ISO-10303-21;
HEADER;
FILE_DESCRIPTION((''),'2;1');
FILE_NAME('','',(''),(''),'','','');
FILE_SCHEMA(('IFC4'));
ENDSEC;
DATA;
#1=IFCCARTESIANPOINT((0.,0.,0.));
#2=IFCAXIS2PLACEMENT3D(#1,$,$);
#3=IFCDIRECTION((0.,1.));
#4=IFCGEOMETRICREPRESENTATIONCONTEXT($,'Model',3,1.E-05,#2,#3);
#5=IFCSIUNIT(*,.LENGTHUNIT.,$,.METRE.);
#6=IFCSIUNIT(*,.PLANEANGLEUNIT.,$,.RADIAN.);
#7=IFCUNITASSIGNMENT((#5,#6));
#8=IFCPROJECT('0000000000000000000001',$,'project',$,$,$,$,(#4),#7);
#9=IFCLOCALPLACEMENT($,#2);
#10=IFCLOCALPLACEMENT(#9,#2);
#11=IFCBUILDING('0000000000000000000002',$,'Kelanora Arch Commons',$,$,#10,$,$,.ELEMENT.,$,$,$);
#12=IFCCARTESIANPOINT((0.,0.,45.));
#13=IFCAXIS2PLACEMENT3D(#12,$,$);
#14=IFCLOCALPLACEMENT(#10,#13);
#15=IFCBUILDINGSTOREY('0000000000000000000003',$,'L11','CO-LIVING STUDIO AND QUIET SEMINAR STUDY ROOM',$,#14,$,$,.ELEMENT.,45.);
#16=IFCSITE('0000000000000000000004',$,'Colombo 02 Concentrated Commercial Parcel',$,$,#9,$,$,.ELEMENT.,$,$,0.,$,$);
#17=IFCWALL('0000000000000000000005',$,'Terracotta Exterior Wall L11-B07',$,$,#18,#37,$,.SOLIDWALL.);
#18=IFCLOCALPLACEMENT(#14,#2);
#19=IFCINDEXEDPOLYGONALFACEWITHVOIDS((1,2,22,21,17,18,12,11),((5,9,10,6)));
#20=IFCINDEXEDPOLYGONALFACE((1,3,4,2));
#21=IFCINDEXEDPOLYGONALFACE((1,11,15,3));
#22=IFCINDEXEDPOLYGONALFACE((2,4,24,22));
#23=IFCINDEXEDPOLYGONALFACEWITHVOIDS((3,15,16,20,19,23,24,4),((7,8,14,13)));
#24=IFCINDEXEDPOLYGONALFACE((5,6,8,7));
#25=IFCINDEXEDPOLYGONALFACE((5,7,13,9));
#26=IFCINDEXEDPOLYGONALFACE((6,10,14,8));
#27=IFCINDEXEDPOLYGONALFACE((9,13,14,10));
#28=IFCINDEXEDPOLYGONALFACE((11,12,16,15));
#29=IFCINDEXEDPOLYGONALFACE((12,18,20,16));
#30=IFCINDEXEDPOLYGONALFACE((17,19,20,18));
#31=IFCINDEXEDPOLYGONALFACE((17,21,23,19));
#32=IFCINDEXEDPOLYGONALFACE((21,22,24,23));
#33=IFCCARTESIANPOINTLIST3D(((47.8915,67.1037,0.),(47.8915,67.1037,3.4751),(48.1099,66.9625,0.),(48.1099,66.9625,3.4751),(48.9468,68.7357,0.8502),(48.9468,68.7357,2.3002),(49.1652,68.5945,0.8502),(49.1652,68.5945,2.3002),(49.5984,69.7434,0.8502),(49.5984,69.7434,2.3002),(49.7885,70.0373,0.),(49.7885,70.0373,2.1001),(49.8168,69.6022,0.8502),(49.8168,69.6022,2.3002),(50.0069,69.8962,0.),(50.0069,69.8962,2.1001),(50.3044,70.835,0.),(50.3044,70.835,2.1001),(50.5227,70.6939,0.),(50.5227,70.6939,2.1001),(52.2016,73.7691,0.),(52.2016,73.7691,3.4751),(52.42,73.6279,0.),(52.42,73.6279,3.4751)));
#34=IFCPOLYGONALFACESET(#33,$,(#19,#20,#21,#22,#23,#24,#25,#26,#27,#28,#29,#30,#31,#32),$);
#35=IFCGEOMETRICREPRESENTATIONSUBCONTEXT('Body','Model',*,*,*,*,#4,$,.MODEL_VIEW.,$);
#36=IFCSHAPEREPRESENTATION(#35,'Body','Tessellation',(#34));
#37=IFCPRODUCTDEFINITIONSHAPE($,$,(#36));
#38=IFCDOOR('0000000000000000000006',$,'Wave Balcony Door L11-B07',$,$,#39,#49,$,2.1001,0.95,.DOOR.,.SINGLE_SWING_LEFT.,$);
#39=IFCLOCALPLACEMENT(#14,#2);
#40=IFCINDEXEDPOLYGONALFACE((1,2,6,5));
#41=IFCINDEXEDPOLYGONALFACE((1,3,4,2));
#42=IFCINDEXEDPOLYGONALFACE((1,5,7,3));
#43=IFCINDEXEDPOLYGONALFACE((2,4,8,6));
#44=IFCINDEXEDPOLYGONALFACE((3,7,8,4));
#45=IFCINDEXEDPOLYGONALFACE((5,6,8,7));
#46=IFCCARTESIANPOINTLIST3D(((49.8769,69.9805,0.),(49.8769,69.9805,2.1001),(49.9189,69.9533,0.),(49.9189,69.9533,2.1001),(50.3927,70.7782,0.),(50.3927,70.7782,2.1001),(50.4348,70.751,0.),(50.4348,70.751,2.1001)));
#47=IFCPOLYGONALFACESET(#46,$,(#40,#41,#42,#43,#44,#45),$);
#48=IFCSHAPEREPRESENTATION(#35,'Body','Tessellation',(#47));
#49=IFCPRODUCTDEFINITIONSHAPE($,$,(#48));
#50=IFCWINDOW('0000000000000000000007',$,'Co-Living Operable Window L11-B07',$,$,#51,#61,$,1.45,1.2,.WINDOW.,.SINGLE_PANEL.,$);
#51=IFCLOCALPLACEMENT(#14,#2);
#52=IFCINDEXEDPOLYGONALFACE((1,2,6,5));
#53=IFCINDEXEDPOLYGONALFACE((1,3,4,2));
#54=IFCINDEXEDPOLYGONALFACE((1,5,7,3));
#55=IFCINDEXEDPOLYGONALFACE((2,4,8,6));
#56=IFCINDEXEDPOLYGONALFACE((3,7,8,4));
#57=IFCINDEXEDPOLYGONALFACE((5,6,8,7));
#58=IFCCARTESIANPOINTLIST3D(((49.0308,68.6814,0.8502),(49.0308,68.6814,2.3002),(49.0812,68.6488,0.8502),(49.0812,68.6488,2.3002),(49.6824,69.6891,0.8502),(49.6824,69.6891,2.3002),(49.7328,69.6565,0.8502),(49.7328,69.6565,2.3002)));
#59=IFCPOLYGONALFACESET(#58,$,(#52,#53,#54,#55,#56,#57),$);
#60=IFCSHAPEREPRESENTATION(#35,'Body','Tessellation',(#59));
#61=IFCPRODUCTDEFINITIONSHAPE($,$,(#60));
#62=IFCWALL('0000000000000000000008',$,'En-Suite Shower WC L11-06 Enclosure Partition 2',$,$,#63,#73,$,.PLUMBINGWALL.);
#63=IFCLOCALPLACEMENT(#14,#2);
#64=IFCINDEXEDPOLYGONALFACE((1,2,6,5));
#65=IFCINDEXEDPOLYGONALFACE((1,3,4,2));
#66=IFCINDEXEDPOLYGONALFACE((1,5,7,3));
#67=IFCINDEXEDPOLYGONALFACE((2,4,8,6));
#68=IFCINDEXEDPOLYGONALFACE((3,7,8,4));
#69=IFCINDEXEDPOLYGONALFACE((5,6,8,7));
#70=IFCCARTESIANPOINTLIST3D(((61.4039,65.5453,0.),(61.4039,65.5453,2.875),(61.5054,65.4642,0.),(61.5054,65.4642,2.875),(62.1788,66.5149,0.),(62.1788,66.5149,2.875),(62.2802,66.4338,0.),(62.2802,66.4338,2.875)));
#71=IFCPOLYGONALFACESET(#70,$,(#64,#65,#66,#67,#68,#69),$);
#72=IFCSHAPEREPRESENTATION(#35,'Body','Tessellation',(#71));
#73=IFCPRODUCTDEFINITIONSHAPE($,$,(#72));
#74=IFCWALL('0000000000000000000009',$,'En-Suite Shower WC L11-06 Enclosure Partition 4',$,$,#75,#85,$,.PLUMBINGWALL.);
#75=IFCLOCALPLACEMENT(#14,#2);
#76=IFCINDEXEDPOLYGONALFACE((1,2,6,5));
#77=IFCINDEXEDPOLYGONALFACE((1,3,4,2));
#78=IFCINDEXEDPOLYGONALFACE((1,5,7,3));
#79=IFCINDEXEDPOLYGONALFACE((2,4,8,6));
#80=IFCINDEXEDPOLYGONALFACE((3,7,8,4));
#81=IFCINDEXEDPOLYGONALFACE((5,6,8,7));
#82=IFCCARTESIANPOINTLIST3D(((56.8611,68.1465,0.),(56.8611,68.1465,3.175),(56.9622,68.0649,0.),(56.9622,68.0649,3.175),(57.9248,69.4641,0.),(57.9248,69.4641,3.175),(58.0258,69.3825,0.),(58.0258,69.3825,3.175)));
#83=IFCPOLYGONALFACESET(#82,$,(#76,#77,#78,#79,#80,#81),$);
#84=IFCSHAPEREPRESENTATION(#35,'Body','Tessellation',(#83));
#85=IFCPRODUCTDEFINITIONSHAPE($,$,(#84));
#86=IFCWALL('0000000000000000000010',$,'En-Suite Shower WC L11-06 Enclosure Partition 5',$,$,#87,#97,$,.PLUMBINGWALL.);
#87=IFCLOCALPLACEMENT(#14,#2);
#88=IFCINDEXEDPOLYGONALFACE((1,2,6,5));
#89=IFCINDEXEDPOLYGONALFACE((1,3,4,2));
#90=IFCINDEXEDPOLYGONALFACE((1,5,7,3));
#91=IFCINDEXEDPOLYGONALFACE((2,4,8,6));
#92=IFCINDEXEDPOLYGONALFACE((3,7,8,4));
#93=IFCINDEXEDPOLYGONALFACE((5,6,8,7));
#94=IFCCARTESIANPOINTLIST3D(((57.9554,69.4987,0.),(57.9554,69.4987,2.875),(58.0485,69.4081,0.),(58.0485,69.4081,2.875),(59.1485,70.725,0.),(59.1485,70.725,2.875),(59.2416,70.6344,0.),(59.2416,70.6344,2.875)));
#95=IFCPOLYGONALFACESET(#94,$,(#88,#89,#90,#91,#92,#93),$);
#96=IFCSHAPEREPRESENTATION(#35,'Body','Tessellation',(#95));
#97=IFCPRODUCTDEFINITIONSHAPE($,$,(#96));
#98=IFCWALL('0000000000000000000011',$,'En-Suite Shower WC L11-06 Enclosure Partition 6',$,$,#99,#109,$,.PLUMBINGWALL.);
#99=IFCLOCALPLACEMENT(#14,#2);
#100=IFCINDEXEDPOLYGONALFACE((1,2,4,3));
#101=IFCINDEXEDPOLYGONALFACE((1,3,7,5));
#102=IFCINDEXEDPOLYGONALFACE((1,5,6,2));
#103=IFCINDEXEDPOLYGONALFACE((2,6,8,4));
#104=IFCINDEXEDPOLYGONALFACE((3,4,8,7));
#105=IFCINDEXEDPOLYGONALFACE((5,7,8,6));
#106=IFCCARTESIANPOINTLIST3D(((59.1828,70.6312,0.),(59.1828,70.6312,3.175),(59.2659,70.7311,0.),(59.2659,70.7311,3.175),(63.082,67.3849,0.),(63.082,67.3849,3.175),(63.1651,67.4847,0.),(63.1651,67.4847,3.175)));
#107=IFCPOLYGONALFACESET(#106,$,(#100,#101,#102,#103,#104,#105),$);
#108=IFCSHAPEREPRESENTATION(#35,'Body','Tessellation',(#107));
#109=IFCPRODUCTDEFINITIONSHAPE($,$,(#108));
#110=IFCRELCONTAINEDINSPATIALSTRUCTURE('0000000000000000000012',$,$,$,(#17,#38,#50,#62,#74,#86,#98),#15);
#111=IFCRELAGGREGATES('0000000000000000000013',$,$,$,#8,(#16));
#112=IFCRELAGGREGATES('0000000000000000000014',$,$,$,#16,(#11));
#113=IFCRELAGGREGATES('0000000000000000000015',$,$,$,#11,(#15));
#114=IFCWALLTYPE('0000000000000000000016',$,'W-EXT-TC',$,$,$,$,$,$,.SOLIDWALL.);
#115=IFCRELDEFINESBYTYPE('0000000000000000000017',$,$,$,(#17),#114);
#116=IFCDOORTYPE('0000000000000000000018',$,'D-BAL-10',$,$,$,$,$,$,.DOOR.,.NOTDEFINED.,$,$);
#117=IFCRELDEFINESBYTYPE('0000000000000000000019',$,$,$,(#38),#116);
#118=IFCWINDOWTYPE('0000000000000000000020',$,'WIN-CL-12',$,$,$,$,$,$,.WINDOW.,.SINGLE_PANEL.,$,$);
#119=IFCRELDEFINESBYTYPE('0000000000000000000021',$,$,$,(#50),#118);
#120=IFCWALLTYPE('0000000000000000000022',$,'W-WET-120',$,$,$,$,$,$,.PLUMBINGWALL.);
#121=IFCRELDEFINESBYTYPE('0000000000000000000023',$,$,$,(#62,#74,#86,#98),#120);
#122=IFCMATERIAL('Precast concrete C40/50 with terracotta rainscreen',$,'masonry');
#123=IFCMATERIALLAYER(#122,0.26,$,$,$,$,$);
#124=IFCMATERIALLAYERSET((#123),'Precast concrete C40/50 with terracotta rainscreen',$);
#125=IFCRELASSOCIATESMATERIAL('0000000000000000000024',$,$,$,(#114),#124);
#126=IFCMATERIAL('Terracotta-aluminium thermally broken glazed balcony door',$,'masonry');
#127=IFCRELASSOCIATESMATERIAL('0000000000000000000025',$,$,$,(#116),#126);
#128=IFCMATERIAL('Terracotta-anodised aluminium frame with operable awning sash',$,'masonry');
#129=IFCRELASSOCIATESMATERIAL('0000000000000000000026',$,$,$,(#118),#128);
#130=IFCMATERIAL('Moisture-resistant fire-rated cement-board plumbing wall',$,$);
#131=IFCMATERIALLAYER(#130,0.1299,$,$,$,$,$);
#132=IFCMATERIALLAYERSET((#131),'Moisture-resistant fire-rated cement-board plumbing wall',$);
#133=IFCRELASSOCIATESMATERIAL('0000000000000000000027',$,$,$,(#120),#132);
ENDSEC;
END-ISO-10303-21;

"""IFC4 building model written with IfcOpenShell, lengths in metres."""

from ifc_helpers import new_model, si_unit, direction, frame, frame_2d, origin, place, context, subcontext, project, spatial, rectangle, extrude, material, layer, layer_set, type_object, element, fill, save


model = new_model("IFC4")

# Units and contexts
model_context = context("Model", 3, precision=1e-05, world=origin(), true_north=direction((0.0, 1.0)))
body_context = subcontext(model_context, "Body", "Model", "MODEL_VIEW")
ifc_project = project(units=[si_unit("LENGTHUNIT", "METRE"), si_unit("PLANEANGLEUNIT", "RADIAN")], contexts=[model_context])

# Site, building, storey
site_placement = place(None, origin())
site = spatial("IfcSite", under=ifc_project, at=site_placement, Name="Colombo 02 Concentrated Commercial Parcel", CompositionType="ELEMENT", RefElevation=0.0)
building_placement = place(site_placement, origin())
building = spatial("IfcBuilding", under=site, at=building_placement, Name="Kelanora Arch Commons", CompositionType="ELEMENT")
storey_placement = place(building_placement, frame((0.0, 0.0, 45.0)))
storey = spatial("IfcBuildingStorey", under=building, at=storey_placement, Name="L11", Description="CO-LIVING STUDIO AND QUIET SEMINAR STUDY ROOM", CompositionType="ELEMENT", Elevation=45.0)

# Shared definitions
ifc_material_1 = material(Name="Precast concrete C40/50 with terracotta rainscreen", Category="masonry")
ifc_layer_1 = layer(ifc_material_1, 0.26)
ifc_layer_set_1 = layer_set([ifc_layer_1], Name="Precast concrete C40/50 with terracotta rainscreen")
wall_type_1 = type_object("IfcWallType", Name="W-EXT-TC", PredefinedType="SOLIDWALL", material=ifc_layer_set_1)

# Wall, openings, door, window
wall_1_placement = place(storey_placement, frame((52.3108, 73.6985, 0.0), z_axis=(0.0, 0.0, 1.0), x_axis=(-0.543005, -0.839729, 0.0)))
wall_1 = element("IfcWall", 1, at=wall_1_placement, inside=storey, type_object=wall_type_1, Name="Terracotta Exterior Wall L11-B07", PredefinedType="SOLIDWALL", context=body_context, shape_type="SweptSolid", body=[
    extrude(rectangle(XDim=7.9375, YDim=0.26, at=frame_2d((3.9688, 0.0))), origin(), (0.0, 0.0, 1.0), 3.4751),
])
opening_1_placement = place(wall_1_placement, frame((3.4939, 0.0, 0.0)))
opening_1 = element("IfcOpeningElement", 2, at=opening_1_placement, cuts=wall_1, PredefinedType="OPENING", context=body_context, shape_type="SweptSolid", body=[
    extrude(rectangle(XDim=0.95, YDim=2.1001, at=frame_2d((0.4751, 1.05))), frame((0.0, 0.1401, 0.0), z_axis=(0.0, -1.0, 0.0), x_axis=(1.0, 0.0, 0.0)), (0.0, 0.0, 1.0), 0.28),
])
opening_2_placement = place(wall_1_placement, frame((4.7939, 0.0, 0.8501)))
opening_2 = element("IfcOpeningElement", 3, at=opening_2_placement, cuts=wall_1, PredefinedType="OPENING", context=body_context, shape_type="SweptSolid", body=[
    extrude(rectangle(XDim=1.2, YDim=1.45, at=frame_2d((0.6001, 0.7251))), frame((0.0, 0.1401, 0.0), z_axis=(0.0, -1.0, 0.0), x_axis=(1.0, 0.0, 0.0)), (0.0, 0.0, 1.0), 0.28),
])
ifc_material_2 = material(Name="Terracotta-aluminium thermally broken glazed balcony door", Category="masonry")
door_type = type_object("IfcDoorType", Name="D-BAL-10", OperationType="NOTDEFINED", PredefinedType="DOOR", material=ifc_material_2)
door_placement = place(opening_1_placement, frame((0.95, 0.0, 0.0), z_axis=(0.0, 0.0, 1.0), x_axis=(-1.0, 0.0, 0.0)))
door = element("IfcDoor", 4, at=door_placement, inside=storey, type_object=door_type, Name="Wave Balcony Door L11-B07", OperationType="SINGLE_SWING_LEFT", OverallHeight=2.1001, OverallWidth=0.95, PredefinedType="DOOR", context=body_context, shape_type="SweptSolid", body=[
    extrude(rectangle(XDim=0.95, YDim=2.1001, at=frame_2d((0.4751, 1.05))), frame((0.0, 0.0249, 0.0), z_axis=(0.0, -1.0, 0.0), x_axis=(1.0, 0.0, 0.0)), (0.0, 0.0, 1.0), 0.05),
])
fill(opening_1, door)
ifc_material_3 = material(Name="Terracotta-anodised aluminium frame with operable awning sash", Category="masonry")
window_type_1 = type_object("IfcWindowType", Name="WIN-CL-12", PartitioningType="SINGLE_PANEL", PredefinedType="WINDOW", material=ifc_material_3)
window_1_placement = place(opening_2_placement, origin())
window_1 = element("IfcWindow", 5, at=window_1_placement, inside=storey, type_object=window_type_1, Name="Co-Living Operable Window L11-B07", OverallHeight=1.45, OverallWidth=1.2, PartitioningType="SINGLE_PANEL", PredefinedType="WINDOW", context=body_context, shape_type="SweptSolid", body=[
    extrude(rectangle(XDim=1.2, YDim=1.45, at=frame_2d((0.6001, 0.7251))), frame((0.0, 0.03, 0.0), z_axis=(0.0, -1.0, 0.0), x_axis=(1.0, 0.0, 0.0)), (0.0, 0.0, 1.0), 0.0601),
])
fill(opening_2, window_1)

# Walls
ifc_material_4 = material(Name="Moisture-resistant fire-rated cement-board plumbing wall")
ifc_layer_2 = layer(ifc_material_4, 0.1299)
ifc_layer_set_2 = layer_set([ifc_layer_2], Name="Moisture-resistant fire-rated cement-board plumbing wall")
wall_type_2 = type_object("IfcWallType", Name="W-WET-120", PredefinedType="PLUMBINGWALL", material=ifc_layer_set_2)
wall_2_placement = place(storey_placement, frame((62.2295, 66.4744, 0.0), z_axis=(0.0, 0.0, 1.0), x_axis=(-0.624263, -0.781214, 0.0)))
element("IfcWall", 6, at=wall_2_placement, inside=storey, type_object=wall_type_2, Name="En-Suite Shower WC L11-06 Enclosure Partition 2", PredefinedType="PLUMBINGWALL", context=body_context, shape_type="SweptSolid", body=[
    extrude(rectangle(XDim=1.2412, YDim=0.1299, at=frame_2d((0.6206, 0.0))), origin(), (0.0, 0.0, 1.0), 2.875),
])
wall_3_placement = place(storey_placement, frame((56.9116, 68.1057, 0.0), z_axis=(0.0, 0.0, 1.0), x_axis=(0.628153, 0.77809, 0.0)))
element("IfcWall", 7, at=wall_3_placement, inside=storey, type_object=wall_type_2, Name="En-Suite Shower WC L11-06 Enclosure Partition 4", PredefinedType="PLUMBINGWALL", context=body_context, shape_type="SweptSolid", body=[
    extrude(rectangle(XDim=1.6934, YDim=0.1299, at=frame_2d((0.8467, 0.0))), origin(), (0.0, 0.0, 1.0), 3.175),
])
wall_4_placement = place(storey_placement, frame((58.002, 69.4534, 0.0), z_axis=(0.0, 0.0, 1.0), x_axis=(0.697337, 0.716743, 0.0)))
element("IfcWall", 8, at=wall_4_placement, inside=storey, type_object=wall_type_2, Name="En-Suite Shower WC L11-06 Enclosure Partition 5", PredefinedType="PLUMBINGWALL", context=body_context, shape_type="SweptSolid", body=[
    extrude(rectangle(XDim=1.7109, YDim=0.1299, at=frame_2d((0.8555, 0.0))), origin(), (0.0, 0.0, 1.0), 2.875),
])
wall_5_placement = place(storey_placement, frame((59.2244, 70.6812, 0.0), z_axis=(0.0, 0.0, 1.0), x_axis=(0.768509, -0.639839, 0.0)))
element("IfcWall", 9, at=wall_5_placement, inside=storey, type_object=wall_type_2, Name="En-Suite Shower WC L11-06 Enclosure Partition 6", PredefinedType="PLUMBINGWALL", context=body_context, shape_type="SweptSolid", body=[
    extrude(rectangle(XDim=5.0737, YDim=0.1299, at=frame_2d((2.5369, 0.0))), origin(), (0.0, 0.0, 1.0), 3.175),
])

save(model, "model.ifc")
